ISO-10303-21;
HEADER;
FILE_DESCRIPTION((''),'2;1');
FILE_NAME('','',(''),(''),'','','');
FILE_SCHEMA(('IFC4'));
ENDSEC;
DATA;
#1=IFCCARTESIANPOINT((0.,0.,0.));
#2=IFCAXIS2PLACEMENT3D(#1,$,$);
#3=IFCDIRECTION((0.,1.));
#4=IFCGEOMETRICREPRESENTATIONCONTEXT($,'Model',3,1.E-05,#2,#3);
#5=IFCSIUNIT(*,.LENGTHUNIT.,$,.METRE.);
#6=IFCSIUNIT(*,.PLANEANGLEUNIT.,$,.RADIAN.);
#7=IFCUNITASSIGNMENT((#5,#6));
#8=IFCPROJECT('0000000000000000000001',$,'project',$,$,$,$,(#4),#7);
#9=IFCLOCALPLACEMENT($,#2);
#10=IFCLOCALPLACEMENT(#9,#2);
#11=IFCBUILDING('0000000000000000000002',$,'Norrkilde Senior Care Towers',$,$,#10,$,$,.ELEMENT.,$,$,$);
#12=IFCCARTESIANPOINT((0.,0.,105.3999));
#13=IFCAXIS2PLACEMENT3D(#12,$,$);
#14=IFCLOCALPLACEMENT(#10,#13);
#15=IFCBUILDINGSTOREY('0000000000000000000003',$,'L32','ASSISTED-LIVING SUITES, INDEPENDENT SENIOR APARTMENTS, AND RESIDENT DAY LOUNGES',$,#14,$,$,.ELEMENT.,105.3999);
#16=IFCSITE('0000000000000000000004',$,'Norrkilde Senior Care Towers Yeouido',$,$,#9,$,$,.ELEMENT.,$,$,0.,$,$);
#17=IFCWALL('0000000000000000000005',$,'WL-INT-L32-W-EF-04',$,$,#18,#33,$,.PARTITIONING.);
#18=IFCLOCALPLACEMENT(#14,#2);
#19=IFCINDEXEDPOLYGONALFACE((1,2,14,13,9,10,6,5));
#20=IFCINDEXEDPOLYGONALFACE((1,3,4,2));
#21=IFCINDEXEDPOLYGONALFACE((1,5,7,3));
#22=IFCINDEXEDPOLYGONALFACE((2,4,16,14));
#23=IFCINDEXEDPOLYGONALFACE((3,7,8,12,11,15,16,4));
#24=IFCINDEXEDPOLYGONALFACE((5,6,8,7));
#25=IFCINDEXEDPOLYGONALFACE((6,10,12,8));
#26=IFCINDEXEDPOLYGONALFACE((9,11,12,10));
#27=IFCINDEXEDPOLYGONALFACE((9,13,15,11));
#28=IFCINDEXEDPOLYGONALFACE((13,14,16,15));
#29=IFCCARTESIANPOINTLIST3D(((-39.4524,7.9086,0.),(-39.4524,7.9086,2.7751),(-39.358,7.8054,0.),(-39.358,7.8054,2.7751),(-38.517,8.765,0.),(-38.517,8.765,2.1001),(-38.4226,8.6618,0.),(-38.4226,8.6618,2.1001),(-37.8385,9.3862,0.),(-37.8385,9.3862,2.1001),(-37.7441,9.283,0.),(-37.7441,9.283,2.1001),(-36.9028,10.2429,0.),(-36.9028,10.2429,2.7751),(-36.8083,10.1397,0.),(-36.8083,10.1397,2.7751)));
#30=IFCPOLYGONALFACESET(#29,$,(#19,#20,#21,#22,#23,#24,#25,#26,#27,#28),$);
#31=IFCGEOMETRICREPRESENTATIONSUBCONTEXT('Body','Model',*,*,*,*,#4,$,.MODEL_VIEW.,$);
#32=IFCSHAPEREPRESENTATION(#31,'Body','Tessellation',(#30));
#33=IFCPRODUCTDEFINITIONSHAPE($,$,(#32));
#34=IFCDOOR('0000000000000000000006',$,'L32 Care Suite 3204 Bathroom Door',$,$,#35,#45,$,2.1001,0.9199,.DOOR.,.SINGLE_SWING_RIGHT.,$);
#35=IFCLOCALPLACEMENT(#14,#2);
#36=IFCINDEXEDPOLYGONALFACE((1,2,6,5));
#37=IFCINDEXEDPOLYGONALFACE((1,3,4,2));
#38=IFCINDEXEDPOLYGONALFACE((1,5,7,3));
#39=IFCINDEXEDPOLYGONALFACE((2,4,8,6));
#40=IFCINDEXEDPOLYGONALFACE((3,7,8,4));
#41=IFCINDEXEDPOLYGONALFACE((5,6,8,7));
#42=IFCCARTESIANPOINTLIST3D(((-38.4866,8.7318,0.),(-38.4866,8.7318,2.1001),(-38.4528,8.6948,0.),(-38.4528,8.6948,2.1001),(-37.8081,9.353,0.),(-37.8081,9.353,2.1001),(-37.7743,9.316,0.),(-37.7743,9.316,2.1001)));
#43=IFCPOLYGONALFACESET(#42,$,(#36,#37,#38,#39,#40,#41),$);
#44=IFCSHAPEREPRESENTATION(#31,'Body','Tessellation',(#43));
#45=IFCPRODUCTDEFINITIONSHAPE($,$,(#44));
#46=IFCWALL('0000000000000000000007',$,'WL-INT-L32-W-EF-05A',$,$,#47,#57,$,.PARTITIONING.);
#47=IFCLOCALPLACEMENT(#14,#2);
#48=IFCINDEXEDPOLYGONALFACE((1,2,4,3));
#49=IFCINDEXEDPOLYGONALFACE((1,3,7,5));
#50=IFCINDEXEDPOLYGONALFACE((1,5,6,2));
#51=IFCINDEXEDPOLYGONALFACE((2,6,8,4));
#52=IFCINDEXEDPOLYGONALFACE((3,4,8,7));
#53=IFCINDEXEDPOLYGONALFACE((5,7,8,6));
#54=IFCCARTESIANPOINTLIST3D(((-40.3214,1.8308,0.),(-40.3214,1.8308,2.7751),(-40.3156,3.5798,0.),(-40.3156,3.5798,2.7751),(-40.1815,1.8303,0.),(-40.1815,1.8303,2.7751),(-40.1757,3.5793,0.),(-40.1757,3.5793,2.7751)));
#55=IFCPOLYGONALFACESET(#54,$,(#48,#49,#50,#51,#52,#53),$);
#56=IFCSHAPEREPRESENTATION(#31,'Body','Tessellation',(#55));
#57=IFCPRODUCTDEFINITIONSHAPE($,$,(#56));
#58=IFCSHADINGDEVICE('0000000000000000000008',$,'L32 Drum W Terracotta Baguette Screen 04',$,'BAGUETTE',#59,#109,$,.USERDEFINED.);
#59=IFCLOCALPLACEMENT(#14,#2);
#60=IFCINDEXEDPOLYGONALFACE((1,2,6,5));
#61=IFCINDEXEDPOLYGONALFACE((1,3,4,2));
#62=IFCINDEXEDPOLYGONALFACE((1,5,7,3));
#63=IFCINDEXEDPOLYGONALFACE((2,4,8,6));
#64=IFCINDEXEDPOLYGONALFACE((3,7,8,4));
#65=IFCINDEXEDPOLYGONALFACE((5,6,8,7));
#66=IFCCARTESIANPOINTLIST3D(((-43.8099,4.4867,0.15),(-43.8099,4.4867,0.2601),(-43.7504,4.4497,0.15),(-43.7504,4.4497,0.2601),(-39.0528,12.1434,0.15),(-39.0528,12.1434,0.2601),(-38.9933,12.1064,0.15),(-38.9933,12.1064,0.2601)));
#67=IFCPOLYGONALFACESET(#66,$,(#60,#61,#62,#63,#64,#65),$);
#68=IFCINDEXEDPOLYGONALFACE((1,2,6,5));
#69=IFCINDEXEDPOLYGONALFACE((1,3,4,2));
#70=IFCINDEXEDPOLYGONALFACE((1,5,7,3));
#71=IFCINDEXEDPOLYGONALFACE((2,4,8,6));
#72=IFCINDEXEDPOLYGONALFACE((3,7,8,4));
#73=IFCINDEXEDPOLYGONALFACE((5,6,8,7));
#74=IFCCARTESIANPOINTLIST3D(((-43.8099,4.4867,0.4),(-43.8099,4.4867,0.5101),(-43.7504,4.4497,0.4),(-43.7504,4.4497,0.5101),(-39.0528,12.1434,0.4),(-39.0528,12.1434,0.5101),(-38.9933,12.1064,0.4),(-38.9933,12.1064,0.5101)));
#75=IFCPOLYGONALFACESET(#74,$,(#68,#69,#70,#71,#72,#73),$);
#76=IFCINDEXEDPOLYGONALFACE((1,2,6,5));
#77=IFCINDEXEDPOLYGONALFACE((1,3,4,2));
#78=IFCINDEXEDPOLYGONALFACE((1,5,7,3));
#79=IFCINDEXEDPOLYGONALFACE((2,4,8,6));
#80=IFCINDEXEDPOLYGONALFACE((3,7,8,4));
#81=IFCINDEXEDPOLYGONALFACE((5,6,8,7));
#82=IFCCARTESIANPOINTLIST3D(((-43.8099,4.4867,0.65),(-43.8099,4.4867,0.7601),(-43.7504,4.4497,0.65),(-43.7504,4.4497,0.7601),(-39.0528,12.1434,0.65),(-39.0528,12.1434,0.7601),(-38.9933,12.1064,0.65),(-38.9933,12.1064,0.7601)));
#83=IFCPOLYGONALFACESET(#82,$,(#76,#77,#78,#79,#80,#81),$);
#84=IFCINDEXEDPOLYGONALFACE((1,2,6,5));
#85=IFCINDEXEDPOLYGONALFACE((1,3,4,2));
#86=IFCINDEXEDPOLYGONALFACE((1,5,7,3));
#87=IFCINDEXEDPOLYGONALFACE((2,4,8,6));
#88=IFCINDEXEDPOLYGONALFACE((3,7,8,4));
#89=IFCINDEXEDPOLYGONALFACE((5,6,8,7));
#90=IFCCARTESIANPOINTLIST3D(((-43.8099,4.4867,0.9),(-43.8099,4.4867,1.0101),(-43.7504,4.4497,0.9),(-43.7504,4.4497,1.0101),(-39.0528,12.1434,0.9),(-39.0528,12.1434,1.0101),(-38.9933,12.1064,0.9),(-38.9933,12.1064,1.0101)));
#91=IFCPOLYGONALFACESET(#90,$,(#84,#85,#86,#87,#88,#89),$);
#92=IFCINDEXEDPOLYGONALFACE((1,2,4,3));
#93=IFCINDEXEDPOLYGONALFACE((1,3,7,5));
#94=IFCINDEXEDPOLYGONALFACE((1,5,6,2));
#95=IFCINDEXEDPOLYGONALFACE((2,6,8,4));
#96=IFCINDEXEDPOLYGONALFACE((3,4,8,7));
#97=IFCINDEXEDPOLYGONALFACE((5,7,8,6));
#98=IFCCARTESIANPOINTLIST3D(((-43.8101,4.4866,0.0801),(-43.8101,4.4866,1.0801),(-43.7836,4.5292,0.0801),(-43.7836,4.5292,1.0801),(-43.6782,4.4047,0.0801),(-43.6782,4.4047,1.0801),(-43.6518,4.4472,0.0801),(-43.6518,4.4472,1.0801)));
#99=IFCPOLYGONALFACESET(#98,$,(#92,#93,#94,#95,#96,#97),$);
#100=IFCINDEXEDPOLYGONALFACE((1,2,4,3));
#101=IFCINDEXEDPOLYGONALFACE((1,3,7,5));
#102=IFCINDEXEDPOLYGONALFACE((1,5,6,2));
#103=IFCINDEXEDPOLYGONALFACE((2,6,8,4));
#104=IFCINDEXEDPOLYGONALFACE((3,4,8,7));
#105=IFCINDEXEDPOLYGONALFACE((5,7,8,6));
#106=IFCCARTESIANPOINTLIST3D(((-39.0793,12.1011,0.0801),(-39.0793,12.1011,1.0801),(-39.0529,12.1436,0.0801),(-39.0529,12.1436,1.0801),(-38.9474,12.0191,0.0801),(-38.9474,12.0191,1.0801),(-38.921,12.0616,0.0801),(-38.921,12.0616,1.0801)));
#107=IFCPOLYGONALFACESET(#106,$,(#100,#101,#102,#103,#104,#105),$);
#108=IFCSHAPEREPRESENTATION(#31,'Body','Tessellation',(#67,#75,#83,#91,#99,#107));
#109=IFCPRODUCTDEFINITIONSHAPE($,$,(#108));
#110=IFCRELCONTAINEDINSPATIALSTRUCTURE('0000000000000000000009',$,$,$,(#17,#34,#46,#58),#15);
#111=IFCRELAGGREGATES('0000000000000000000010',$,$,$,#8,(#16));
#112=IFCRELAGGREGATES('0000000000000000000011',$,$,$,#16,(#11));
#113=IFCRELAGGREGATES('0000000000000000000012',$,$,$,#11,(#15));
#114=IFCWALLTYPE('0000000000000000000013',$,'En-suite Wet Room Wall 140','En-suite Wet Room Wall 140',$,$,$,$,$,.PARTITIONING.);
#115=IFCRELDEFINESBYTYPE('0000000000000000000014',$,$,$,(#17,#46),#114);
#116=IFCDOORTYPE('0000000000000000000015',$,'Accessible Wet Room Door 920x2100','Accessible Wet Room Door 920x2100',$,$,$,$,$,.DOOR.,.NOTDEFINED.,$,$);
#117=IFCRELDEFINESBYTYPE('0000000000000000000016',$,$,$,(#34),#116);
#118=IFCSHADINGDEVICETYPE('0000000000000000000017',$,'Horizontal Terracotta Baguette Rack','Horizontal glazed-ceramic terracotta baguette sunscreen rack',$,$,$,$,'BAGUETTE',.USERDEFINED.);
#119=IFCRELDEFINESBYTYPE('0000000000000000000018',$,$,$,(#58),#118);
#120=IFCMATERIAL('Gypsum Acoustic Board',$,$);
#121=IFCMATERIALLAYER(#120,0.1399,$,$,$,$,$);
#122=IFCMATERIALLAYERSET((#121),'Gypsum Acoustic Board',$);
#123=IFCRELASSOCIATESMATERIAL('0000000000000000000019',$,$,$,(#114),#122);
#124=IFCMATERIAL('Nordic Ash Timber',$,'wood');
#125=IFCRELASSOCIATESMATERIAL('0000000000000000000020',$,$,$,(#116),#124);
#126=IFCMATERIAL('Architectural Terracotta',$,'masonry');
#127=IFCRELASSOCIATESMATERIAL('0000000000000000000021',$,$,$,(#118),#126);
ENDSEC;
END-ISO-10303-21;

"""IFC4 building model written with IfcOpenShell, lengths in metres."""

from ifc_helpers import new_model, si_unit, direction, frame, frame_2d, origin, origin_2d, place, context, subcontext, project, spatial, rectangle, extrude, source, transform, mapped, material, layer, layer_set, type_object, type_shapes, element, fill, save


model = new_model("IFC4")

# Units and contexts
model_context = context("Model", 3, precision=1e-05, world=origin(), true_north=direction((0.0, 1.0)))
body_context = subcontext(model_context, "Body", "Model", "MODEL_VIEW")
ifc_project = project(units=[si_unit("LENGTHUNIT", "METRE"), si_unit("PLANEANGLEUNIT", "RADIAN")], contexts=[model_context])

# Site, building, storey
site_placement = place(None, origin())
site = spatial("IfcSite", under=ifc_project, at=site_placement, Name="Norrkilde Senior Care Towers Yeouido", CompositionType="ELEMENT", RefElevation=0.0)
building_placement = place(site_placement, origin())
building = spatial("IfcBuilding", under=site, at=building_placement, Name="Norrkilde Senior Care Towers", CompositionType="ELEMENT")
storey_placement = place(building_placement, frame((0.0, 0.0, 105.3999)))
storey = spatial("IfcBuildingStorey", under=building, at=storey_placement, Name="L32", Description="ASSISTED-LIVING SUITES, INDEPENDENT SENIOR APARTMENTS, AND RESIDENT DAY LOUNGES", CompositionType="ELEMENT", Elevation=105.3999)

# Shared definitions
ifc_material_1 = material(Name="Gypsum Acoustic Board")
ifc_layer_1 = layer(ifc_material_1, 0.1399)
ifc_layer_set_1 = layer_set([ifc_layer_1], Name="Gypsum Acoustic Board")
wall_type_1 = type_object("IfcWallType", Name="En-suite Wet Room Wall 140", Description="En-suite Wet Room Wall 140", PredefinedType="PARTITIONING", material=ifc_layer_set_1)

# Wall, opening, door
shared_shape_1 = source(origin(), body_context, "Body", "SweptSolid", [
    extrude(rectangle(XDim=3.4568, YDim=0.1399, at=frame_2d((1.7285, 0.0))), origin(), (0.0, 0.0, 1.0), 2.7751),
])
wall_1_placement = place(storey_placement, frame((-39.4053, 7.8569, 0.0), z_axis=(0.0, 0.0, 1.0), x_axis=(0.737567, 0.675274, 0.0)))
wall_1 = element("IfcWall", 1, at=wall_1_placement, inside=storey, type_object=wall_type_1, Name="WL-INT-L32-W-EF-04", PredefinedType="PARTITIONING", context=body_context, shape_type="MappedRepresentation", body=[
    mapped(shared_shape_1, transform((0.0, 0.0, 0.0), x_axis=(1.0, 0.0, 0.0), y_axis=(0.0, 1.0, 0.0), z_axis=(0.0, 0.0, 1.0), scale=1.0)),
])
opening_placement = place(wall_1_placement, frame((1.2683, 0.0, 0.0)))
opening = element("IfcOpeningElement", 2, at=opening_placement, cuts=wall_1, PredefinedType="OPENING", context=body_context, shape_type="SweptSolid", body=[
    extrude(rectangle(XDim=0.9199, YDim=2.1001, at=frame_2d((0.46, 1.05))), frame((0.0, 0.0798, 0.0), z_axis=(0.0, -1.0, 0.0), x_axis=(1.0, 0.0, 0.0)), (0.0, 0.0, 1.0), 0.1599),
])
ifc_material_2 = material(Name="Nordic Ash Timber", Category="wood")
door_type = type_object("IfcDoorType", Name="Accessible Wet Room Door 920x2100", Description="Accessible Wet Room Door 920x2100", OperationType="NOTDEFINED", PredefinedType="DOOR", material=ifc_material_2)
shared_shape_2 = source(origin(), body_context, "Body", "SweptSolid", [
    extrude(rectangle(XDim=0.9199, YDim=2.1001, at=frame_2d((0.46, 1.05))), frame((0.0, 0.0249, 0.0), z_axis=(0.0, -1.0, 0.0), x_axis=(1.0, 0.0, 0.0)), (0.0, 0.0, 1.0), 0.05),
])
type_shapes(door_type, [shared_shape_2])
door_placement = place(opening_placement, origin())
door = element("IfcDoor", 3, at=door_placement, inside=storey, type_object=door_type, Name="L32 Care Suite 3204 Bathroom Door", OperationType="SINGLE_SWING_RIGHT", OverallHeight=2.1001, OverallWidth=0.9199, PredefinedType="DOOR", context=body_context, shape_type="MappedRepresentation", body=[
    mapped(shared_shape_2, transform((0.0, 0.0, 0.0), x_axis=(1.0, 0.0, 0.0), y_axis=(0.0, 1.0, 0.0), z_axis=(0.0, 0.0, 1.0), scale=1.0)),
])
fill(opening, door)

# Wall
shared_shape_3 = source(origin(), body_context, "Body", "SweptSolid", [
    extrude(rectangle(XDim=1.749, YDim=0.1399, at=frame_2d((0.8745, 0.0))), origin(), (0.0, 0.0, 1.0), 2.7751),
])
wall_2_placement = place(storey_placement, frame((-40.2515, 1.8306, 0.0), z_axis=(0.0, 0.0, 1.0), x_axis=(0.00335, 0.999994, 0.0)))
element("IfcWall", 4, at=wall_2_placement, inside=storey, type_object=wall_type_1, Name="WL-INT-L32-W-EF-05A", PredefinedType="PARTITIONING", context=body_context, shape_type="MappedRepresentation", body=[
    mapped(shared_shape_3, transform((0.0, 0.0, 0.0), x_axis=(1.0, 0.0, 0.0), y_axis=(0.0, 1.0, 0.0), z_axis=(0.0, 0.0, 1.0), scale=1.0)),
])

# Shading device
ifc_material_3 = material(Name="Architectural Terracotta", Category="masonry")
shading_device_type = type_object("IfcShadingDeviceType", Name="Horizontal Terracotta Baguette Rack", Description="Horizontal glazed-ceramic terracotta baguette sunscreen rack", ElementType="BAGUETTE", PredefinedType="USERDEFINED", material=ifc_material_3)
shared_shape_4 = source(origin(), body_context, "Body", "SweptSolid", [
    extrude(rectangle(XDim=0.0701, YDim=0.1101, at=origin_2d()), frame((0.0, 0.0901, 0.125), z_axis=(1.0, 0.0, 0.0), x_axis=(0.0, 1.0, 0.0)), (0.0, 0.0, 1.0), 9.0142),
    extrude(rectangle(XDim=0.0701, YDim=0.1101, at=origin_2d()), frame((0.0, 0.0901, 0.375), z_axis=(1.0, 0.0, 0.0), x_axis=(0.0, 1.0, 0.0)), (0.0, 0.0, 1.0), 9.0142),
    extrude(rectangle(XDim=0.0701, YDim=0.1101, at=origin_2d()), frame((0.0, 0.0901, 0.625), z_axis=(1.0, 0.0, 0.0), x_axis=(0.0, 1.0, 0.0)), (0.0, 0.0, 1.0), 9.0142),
    extrude(rectangle(XDim=0.0701, YDim=0.1101, at=origin_2d()), frame((0.0, 0.0901, 0.875), z_axis=(1.0, 0.0, 0.0), x_axis=(0.0, 1.0, 0.0)), (0.0, 0.0, 1.0), 9.0142),
    extrude(rectangle(XDim=0.05, YDim=0.1553, at=origin_2d()), frame((0.0249, 0.0476, 0.0)), (0.0, 0.0, 1.0), 1.0),
    extrude(rectangle(XDim=0.05, YDim=0.1553, at=origin_2d()), frame((8.9893, 0.0476, 0.0)), (0.0, 0.0, 1.0), 1.0),
])
type_shapes(shading_device_type, [shared_shape_4])
shading_device_placement = place(storey_placement, frame((-43.7036, 4.4207, 0.0801), z_axis=(0.0, 0.0, 1.0), x_axis=(0.527734, 0.849412, 0.0)))
element("IfcShadingDevice", 5, at=shading_device_placement, inside=storey, type_object=shading_device_type, Name="L32 Drum W Terracotta Baguette Screen 04", ObjectType="BAGUETTE", PredefinedType="USERDEFINED", context=body_context, shape_type="MappedRepresentation", body=[
    mapped(shared_shape_4, transform((0.0, 0.0, 0.0), x_axis=(1.0, 0.0, 0.0), y_axis=(0.0, 1.0, 0.0), z_axis=(0.0, 0.0, 1.0), scale=1.0)),
])

save(model, "model.ifc")
